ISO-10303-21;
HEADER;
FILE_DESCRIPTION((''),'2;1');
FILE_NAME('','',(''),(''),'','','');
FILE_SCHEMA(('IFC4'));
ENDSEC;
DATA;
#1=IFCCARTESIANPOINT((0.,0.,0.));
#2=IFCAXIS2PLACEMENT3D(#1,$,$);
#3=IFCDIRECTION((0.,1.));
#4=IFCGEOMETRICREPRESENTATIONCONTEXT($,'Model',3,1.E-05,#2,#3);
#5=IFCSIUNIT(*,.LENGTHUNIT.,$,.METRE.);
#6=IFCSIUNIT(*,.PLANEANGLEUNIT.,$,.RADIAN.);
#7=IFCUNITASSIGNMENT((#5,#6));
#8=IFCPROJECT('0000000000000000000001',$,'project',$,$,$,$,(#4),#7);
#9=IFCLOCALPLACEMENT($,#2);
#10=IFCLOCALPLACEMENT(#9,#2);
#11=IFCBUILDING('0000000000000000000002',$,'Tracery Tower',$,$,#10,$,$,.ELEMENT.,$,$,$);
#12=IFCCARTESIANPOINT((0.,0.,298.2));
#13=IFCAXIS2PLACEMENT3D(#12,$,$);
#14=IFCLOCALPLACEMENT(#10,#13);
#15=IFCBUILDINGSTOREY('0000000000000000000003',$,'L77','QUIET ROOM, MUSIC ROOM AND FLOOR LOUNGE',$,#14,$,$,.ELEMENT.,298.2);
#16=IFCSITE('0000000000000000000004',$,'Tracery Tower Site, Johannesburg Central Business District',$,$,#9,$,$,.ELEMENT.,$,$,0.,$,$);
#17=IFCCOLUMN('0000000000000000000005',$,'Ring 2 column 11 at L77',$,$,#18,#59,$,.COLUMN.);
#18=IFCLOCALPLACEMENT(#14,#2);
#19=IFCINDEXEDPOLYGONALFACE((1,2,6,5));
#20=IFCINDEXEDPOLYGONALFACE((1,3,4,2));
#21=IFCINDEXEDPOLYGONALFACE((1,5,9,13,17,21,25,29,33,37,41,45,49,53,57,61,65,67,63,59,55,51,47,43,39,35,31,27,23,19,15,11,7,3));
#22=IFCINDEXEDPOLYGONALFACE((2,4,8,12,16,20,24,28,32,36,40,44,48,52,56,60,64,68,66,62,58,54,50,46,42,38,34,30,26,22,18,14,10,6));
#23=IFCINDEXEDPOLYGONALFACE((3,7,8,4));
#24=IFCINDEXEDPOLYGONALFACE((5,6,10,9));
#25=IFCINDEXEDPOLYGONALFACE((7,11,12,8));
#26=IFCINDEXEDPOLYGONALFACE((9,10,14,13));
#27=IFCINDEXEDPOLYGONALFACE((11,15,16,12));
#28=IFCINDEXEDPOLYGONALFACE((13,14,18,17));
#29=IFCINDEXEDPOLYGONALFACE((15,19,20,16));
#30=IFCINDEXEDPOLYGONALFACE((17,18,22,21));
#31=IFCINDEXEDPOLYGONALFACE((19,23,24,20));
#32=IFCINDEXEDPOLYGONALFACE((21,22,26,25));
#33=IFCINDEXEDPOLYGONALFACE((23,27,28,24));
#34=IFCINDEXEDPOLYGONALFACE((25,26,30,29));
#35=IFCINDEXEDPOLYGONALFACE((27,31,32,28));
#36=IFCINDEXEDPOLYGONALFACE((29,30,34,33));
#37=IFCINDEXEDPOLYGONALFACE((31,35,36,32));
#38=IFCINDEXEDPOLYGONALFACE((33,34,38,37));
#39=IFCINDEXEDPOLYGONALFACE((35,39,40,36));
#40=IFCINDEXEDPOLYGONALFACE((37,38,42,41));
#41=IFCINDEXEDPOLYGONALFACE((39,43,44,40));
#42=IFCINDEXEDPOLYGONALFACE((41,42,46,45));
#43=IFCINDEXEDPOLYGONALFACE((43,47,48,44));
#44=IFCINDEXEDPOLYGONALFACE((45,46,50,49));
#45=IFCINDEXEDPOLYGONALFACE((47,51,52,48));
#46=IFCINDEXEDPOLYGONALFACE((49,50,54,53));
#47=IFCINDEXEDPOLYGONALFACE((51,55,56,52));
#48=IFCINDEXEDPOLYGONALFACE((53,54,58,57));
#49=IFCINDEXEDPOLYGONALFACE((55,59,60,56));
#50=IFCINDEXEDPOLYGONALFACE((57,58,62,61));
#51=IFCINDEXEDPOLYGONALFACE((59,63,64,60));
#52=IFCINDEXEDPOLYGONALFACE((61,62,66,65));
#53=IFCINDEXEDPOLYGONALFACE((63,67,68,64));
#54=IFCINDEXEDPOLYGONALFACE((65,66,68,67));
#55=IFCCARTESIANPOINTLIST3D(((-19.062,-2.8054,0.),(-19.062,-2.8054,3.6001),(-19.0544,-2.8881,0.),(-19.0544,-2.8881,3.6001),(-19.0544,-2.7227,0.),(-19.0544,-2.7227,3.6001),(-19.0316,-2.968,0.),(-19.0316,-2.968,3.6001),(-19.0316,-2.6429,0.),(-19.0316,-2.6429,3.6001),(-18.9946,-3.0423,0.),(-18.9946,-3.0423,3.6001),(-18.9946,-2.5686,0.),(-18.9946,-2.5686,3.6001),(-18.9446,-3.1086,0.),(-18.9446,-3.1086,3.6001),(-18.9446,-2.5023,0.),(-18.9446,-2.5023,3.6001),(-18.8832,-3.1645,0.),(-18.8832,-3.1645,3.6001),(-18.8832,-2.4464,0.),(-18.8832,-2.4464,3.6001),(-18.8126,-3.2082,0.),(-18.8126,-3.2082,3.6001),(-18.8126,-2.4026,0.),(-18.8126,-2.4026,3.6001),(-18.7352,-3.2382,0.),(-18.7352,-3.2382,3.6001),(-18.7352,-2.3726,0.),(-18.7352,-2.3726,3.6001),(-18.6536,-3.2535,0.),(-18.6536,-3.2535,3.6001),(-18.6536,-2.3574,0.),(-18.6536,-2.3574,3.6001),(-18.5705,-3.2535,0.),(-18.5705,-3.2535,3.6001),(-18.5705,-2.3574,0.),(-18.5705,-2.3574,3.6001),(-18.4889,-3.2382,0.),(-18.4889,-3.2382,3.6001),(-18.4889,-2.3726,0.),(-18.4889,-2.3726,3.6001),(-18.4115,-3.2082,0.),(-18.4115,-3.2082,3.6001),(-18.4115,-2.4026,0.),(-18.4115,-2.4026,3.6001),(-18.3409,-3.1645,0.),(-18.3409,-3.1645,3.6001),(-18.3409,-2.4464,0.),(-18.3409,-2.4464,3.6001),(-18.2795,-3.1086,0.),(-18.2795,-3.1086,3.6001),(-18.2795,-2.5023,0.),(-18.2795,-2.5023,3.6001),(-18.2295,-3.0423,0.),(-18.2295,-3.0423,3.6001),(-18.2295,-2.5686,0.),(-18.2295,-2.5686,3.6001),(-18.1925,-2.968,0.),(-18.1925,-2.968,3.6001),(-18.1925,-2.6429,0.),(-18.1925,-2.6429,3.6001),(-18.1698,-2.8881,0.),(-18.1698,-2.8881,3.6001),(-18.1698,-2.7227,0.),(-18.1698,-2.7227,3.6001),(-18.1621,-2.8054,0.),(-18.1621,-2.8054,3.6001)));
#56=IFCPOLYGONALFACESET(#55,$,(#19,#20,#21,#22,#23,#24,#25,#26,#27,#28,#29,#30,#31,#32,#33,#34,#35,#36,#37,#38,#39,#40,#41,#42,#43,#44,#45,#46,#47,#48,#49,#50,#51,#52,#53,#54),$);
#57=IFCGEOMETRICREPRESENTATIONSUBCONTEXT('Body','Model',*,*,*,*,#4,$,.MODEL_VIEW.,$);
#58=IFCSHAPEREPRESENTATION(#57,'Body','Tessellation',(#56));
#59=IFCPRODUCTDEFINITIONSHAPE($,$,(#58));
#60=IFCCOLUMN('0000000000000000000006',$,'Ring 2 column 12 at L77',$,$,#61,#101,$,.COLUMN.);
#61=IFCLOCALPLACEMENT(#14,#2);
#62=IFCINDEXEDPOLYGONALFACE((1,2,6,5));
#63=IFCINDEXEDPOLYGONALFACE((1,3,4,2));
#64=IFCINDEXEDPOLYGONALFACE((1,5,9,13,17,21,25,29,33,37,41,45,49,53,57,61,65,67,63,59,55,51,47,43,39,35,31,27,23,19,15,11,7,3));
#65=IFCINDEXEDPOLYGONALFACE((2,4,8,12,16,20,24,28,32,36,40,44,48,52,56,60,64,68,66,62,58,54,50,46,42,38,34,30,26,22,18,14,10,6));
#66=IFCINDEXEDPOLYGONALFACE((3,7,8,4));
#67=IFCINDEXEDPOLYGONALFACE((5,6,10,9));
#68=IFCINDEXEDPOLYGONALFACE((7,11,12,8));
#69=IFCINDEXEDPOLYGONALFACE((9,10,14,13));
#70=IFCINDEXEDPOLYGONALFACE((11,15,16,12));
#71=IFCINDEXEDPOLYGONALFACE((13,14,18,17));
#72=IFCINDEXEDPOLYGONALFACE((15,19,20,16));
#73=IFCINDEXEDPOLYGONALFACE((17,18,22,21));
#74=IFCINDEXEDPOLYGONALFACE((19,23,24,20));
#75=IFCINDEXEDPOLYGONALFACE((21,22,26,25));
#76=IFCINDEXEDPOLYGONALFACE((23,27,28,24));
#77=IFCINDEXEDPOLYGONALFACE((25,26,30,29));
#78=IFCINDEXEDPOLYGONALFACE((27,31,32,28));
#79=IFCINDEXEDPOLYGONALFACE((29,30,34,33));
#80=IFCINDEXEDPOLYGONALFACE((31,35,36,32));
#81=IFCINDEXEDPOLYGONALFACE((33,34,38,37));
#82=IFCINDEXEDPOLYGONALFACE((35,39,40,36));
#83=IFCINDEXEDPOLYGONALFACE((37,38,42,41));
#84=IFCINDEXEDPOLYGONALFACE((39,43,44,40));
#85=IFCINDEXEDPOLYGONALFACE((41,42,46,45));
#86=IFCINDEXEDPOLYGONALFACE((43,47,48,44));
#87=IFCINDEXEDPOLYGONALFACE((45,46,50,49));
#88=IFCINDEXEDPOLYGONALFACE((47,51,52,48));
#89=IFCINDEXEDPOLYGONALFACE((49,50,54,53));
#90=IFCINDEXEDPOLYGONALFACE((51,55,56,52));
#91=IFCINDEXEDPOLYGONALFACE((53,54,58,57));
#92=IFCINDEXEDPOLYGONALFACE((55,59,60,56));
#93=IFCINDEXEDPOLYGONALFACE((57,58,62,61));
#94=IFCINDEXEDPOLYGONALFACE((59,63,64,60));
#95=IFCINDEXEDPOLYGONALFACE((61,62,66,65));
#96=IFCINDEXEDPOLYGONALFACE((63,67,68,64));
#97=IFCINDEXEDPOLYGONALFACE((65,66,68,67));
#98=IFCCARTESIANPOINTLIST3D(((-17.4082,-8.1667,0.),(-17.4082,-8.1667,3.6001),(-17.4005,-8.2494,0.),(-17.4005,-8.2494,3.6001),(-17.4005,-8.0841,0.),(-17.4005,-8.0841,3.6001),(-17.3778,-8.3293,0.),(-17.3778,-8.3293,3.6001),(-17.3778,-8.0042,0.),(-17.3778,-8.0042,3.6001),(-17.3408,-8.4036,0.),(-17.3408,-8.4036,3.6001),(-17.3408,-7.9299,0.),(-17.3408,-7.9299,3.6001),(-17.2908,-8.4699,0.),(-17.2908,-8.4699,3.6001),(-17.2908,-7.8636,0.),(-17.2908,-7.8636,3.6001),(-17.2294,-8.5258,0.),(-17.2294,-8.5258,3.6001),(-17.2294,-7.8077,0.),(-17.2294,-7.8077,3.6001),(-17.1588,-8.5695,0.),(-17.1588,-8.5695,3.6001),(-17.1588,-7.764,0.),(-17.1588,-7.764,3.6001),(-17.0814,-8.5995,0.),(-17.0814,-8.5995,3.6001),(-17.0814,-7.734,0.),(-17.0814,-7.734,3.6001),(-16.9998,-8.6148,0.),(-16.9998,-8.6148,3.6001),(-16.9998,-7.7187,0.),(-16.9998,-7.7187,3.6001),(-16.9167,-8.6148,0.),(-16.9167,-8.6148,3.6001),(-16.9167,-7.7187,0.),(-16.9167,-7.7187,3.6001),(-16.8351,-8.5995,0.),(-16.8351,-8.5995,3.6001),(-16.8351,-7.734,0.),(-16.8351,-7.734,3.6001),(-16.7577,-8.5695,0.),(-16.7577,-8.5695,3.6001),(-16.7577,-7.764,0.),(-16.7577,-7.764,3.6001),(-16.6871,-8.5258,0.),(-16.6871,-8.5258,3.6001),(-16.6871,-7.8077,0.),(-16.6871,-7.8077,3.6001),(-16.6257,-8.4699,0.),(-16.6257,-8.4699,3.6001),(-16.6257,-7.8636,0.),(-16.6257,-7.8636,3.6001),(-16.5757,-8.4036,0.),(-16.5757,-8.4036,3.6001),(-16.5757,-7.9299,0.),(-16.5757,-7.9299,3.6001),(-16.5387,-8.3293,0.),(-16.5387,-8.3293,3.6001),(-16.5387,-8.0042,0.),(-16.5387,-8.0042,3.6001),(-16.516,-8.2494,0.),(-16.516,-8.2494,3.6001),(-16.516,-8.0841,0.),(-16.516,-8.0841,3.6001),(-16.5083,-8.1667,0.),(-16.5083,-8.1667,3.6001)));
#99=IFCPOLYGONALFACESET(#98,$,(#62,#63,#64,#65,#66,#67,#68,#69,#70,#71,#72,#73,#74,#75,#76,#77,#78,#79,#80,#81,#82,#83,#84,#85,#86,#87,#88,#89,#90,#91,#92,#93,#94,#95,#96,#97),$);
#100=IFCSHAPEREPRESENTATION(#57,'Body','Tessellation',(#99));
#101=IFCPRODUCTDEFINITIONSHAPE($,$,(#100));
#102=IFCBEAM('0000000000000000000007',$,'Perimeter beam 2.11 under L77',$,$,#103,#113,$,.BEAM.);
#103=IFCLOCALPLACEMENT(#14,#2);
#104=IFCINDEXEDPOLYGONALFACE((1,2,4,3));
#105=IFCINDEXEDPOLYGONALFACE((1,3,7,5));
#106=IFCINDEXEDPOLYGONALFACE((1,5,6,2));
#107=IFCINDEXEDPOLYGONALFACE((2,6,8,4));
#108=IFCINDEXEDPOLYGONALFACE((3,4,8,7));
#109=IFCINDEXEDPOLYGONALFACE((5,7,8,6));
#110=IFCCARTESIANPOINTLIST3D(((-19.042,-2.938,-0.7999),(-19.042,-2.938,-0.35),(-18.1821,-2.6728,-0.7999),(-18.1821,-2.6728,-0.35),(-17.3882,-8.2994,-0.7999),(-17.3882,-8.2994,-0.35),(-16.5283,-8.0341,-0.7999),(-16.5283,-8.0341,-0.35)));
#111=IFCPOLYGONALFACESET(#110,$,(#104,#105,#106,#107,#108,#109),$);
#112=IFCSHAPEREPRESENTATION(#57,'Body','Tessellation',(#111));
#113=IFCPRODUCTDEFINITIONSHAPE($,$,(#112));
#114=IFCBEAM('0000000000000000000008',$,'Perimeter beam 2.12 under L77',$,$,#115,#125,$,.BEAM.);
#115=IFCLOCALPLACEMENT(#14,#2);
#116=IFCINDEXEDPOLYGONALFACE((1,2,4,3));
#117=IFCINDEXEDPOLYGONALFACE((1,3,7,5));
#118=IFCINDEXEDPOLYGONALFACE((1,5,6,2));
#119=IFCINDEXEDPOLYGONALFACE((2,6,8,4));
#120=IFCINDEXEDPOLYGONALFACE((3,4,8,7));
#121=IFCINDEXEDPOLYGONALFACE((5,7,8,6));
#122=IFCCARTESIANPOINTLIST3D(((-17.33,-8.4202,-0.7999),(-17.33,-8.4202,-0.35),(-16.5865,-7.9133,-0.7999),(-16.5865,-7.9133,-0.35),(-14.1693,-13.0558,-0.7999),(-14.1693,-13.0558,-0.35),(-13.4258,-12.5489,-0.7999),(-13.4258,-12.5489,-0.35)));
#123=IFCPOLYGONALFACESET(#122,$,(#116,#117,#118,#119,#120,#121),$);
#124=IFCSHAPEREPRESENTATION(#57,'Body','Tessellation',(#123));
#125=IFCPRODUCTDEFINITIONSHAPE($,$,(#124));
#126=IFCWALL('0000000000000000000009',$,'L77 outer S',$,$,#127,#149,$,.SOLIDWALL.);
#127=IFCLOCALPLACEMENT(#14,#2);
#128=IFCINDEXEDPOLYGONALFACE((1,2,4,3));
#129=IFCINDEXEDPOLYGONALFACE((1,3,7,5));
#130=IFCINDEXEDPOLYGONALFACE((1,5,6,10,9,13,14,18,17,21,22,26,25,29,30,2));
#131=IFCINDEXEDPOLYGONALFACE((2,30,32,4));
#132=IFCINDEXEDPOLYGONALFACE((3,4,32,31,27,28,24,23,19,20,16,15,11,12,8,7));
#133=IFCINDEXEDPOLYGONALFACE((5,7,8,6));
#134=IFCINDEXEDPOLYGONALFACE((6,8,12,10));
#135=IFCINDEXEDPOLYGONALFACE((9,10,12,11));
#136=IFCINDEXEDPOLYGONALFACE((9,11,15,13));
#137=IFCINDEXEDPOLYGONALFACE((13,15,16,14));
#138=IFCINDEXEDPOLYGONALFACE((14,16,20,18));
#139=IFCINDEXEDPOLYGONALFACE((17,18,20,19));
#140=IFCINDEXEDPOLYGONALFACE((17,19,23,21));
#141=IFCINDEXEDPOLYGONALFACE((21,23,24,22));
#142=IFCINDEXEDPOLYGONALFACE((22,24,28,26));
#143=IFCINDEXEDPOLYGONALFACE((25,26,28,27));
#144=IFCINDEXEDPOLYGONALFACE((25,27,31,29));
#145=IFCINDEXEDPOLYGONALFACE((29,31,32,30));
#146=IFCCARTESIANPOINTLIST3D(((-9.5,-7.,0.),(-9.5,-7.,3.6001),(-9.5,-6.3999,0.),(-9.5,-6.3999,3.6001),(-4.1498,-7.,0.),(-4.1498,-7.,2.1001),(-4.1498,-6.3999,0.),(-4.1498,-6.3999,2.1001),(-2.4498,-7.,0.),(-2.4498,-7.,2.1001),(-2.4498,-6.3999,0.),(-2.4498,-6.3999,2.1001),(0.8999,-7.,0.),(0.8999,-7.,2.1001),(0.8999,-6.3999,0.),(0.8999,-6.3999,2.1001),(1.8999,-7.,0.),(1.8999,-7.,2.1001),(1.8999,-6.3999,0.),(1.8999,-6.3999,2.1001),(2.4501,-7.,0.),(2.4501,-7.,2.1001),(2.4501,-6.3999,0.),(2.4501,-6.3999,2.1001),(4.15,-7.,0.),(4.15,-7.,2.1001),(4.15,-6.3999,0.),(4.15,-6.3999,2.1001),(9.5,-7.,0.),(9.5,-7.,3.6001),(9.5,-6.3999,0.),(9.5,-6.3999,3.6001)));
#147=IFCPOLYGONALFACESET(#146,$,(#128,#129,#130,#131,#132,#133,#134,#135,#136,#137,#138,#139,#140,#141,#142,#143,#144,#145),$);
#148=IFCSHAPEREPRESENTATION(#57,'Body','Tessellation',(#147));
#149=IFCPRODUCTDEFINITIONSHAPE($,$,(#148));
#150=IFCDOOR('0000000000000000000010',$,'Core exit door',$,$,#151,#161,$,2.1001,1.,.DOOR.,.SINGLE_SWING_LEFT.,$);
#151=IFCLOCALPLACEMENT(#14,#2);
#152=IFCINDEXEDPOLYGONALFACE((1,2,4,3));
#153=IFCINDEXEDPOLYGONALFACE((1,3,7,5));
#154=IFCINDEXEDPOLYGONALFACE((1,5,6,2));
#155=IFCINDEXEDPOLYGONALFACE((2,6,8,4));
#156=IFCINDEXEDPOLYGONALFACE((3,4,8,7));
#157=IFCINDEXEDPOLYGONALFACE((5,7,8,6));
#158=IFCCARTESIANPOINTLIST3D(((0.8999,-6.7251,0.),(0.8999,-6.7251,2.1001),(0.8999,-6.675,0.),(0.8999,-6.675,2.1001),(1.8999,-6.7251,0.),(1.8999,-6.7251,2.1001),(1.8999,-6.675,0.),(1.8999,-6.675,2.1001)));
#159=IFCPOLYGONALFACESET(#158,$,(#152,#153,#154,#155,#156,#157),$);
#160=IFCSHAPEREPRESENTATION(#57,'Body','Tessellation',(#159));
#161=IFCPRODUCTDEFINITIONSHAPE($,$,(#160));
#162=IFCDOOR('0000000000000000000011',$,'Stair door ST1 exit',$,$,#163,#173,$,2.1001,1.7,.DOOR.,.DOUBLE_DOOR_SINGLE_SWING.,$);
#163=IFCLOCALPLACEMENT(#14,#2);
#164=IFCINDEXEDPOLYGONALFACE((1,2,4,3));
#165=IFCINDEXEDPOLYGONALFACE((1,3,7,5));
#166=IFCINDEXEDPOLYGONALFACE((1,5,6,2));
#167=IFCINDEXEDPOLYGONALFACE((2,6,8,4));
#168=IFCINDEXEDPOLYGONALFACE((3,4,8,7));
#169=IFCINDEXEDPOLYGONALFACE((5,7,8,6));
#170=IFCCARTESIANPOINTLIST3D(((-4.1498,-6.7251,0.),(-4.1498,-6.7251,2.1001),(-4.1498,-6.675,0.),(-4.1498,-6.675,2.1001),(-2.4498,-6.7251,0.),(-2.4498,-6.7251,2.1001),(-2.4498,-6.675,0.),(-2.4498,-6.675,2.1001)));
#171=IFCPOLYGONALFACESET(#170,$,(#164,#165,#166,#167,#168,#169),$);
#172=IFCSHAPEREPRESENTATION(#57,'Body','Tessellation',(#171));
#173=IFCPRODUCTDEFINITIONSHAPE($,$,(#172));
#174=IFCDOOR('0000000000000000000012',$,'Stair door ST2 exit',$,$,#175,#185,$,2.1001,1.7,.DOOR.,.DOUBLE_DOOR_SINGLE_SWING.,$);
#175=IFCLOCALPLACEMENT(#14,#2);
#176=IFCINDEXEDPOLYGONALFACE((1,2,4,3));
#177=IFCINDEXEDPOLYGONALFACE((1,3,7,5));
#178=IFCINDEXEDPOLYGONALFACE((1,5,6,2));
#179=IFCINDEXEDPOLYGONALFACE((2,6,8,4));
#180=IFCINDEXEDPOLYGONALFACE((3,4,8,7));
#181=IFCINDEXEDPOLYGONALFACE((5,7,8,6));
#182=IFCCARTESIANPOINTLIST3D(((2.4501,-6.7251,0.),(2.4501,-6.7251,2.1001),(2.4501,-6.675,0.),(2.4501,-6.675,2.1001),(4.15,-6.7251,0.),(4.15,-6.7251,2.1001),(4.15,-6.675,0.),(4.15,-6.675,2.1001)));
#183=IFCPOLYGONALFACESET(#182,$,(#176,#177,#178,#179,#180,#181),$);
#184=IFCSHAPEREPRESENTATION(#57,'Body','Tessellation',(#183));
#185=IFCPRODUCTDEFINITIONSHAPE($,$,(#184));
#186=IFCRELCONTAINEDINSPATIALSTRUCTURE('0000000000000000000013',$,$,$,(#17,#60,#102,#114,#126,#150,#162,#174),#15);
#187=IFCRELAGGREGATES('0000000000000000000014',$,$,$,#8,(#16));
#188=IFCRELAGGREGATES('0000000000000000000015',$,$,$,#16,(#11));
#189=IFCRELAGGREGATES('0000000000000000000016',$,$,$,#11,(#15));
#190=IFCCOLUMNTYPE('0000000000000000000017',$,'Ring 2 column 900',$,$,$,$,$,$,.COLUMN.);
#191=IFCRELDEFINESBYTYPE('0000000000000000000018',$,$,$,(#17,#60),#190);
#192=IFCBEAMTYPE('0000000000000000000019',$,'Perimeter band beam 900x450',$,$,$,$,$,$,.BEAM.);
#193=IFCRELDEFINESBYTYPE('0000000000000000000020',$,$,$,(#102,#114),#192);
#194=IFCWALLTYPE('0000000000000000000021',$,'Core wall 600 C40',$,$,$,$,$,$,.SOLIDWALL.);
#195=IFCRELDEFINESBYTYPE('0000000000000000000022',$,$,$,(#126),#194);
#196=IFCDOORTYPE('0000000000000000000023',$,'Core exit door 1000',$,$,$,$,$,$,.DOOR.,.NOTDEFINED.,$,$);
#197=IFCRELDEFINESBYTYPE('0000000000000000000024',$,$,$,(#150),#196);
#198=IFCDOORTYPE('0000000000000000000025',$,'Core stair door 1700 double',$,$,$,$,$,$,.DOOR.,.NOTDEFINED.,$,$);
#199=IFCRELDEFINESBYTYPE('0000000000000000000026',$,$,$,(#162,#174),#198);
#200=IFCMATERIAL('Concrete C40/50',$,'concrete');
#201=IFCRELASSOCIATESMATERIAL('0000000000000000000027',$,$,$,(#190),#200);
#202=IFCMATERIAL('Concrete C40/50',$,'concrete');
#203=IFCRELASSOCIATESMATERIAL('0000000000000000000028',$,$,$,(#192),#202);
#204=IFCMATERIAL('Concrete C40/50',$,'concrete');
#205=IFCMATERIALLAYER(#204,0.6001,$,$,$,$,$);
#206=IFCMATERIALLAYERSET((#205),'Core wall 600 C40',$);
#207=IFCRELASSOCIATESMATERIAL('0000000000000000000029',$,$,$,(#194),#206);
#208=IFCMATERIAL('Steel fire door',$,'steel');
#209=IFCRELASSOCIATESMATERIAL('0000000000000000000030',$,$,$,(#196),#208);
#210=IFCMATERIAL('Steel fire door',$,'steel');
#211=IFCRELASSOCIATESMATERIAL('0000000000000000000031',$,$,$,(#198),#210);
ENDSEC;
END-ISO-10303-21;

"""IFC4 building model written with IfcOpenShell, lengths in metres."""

from ifc_helpers import new_model, si_unit, direction, frame, frame_2d, origin, origin_2d, place, context, subcontext, project, spatial, rectangle, circle, extrude, material, layer, layer_set, material_profile, profile_set, type_object, element, fill, save


model = new_model("IFC4")

# Units and contexts
model_context = context("Model", 3, precision=1e-05, world=origin(), true_north=direction((0.0, 1.0)))
body_context = subcontext(model_context, "Body", "Model", "MODEL_VIEW")
ifc_project = project(units=[si_unit("LENGTHUNIT", "METRE"), si_unit("PLANEANGLEUNIT", "RADIAN")], contexts=[model_context])

# Site, building, storey
site_placement = place(None, origin())
site = spatial("IfcSite", under=ifc_project, at=site_placement, Name="Tracery Tower Site, Johannesburg Central Business District", CompositionType="ELEMENT", RefElevation=0.0)
building_placement = place(site_placement, origin())
building = spatial("IfcBuilding", under=site, at=building_placement, Name="Tracery Tower", CompositionType="ELEMENT")
storey_placement = place(building_placement, frame((0.0, 0.0, 298.2)))
storey = spatial("IfcBuildingStorey", under=building, at=storey_placement, Name="L77", Description="QUIET ROOM, MUSIC ROOM AND FLOOR LOUNGE", CompositionType="ELEMENT", Elevation=298.2)

# Columns
ifc_material_1 = material(Name="Concrete C40/50", Category="concrete")
ifc_material_profile_1 = material_profile(ifc_material_1, circle(Radius=0.45, at=origin_2d()), Name="RC D900")
ifc_profile_set_1 = profile_set([ifc_material_profile_1], Name="Concrete C40/50")
column_type = type_object("IfcColumnType", Name="Ring 2 column 900", PredefinedType="COLUMN", material=ifc_profile_set_1)
for number, where, z_axis, x_axis, name in (
    (1, (-18.6121, -2.8054, 0.0), (0.0, 0.0, 1.0), (1.0, 0.0, 0.0), "Ring 2 column 11 at L77"),
    (2, (-16.9583, -8.1667, 0.0), (0.0, 0.0, 1.0), (1.0, 0.0, 0.0), "Ring 2 column 12 at L77"),
):
    element("IfcColumn", number, at=place(storey_placement, frame(where, z_axis=z_axis, x_axis=x_axis)), inside=storey, type_object=column_type, Name=name, PredefinedType="COLUMN", context=body_context, shape_type="SweptSolid", body=[
        extrude(circle(Radius=0.45, at=origin_2d()), origin(), (0.0, 0.0, 1.0), 3.6001),
    ])

# Beams
ifc_material_2 = material(Name="Concrete C40/50", Category="concrete")
ifc_material_profile_2 = material_profile(ifc_material_2, rectangle(XDim=0.8999, YDim=0.45, at=origin_2d()), Name="RC 900x450")
ifc_profile_set_2 = profile_set([ifc_material_profile_2], Name="Concrete C40/50")
beam_type = type_object("IfcBeamType", Name="Perimeter band beam 900x450", PredefinedType="BEAM", material=ifc_profile_set_2)
for number, where, z_axis, x_axis, name in (
    (3, (-18.6121, -2.8054, -0.575), (0.294765, -0.95557, 0.0), (0.95557, 0.294765, 0.0), "Perimeter beam 2.11 under L77"),
    (4, (-16.9583, -8.1667, -0.575), (0.563346, -0.826221, 0.0), (0.826221, 0.563346, 0.0), "Perimeter beam 2.12 under L77"),
):
    element("IfcBeam", number, at=place(storey_placement, frame(where, z_axis=z_axis, x_axis=x_axis)), inside=storey, type_object=beam_type, Name=name, PredefinedType="BEAM", context=body_context, shape_type="SweptSolid", body=[
        extrude(rectangle(XDim=0.8999, YDim=0.45, at=origin_2d()), origin(), (0.0, 0.0, 1.0), 5.6106),
    ])

# Wall, openings, doors
ifc_material_3 = material(Name="Concrete C40/50", Category="concrete")
ifc_layer_1 = layer(ifc_material_3, 0.6001)
ifc_layer_set_1 = layer_set([ifc_layer_1], Name="Core wall 600 C40")
wall_type_1 = type_object("IfcWallType", Name="Core wall 600 C40", PredefinedType="SOLIDWALL", material=ifc_layer_set_1)
wall_1_placement = place(storey_placement, frame((-9.5, -6.7, 0.0), z_axis=(0.0, 0.0, 1.0), x_axis=(1.0, 0.0, 0.0)))
wall_1 = element("IfcWall", 5, at=wall_1_placement, inside=storey, type_object=wall_type_1, Name="L77 outer S", PredefinedType="SOLIDWALL", context=body_context, shape_type="SweptSolid", body=[
    extrude(rectangle(XDim=19.0, YDim=0.6001, at=frame_2d((9.5, 0.0))), origin(), (0.0, 0.0, 1.0), 3.6001),
])
opening_1_placement = place(wall_1_placement, frame((10.3999, 0.0, 0.0)))
opening_1 = element("IfcOpeningElement", 6, at=opening_1_placement, cuts=wall_1, PredefinedType="OPENING", context=body_context, shape_type="SweptSolid", body=[
    extrude(rectangle(XDim=1.0, YDim=2.1001, at=frame_2d((0.5, 1.05))), frame((0.0, 0.3, 0.0), z_axis=(0.0, -1.0, 0.0), x_axis=(1.0, 0.0, 0.0)), (0.0, 0.0, 1.0), 0.6001),
])
opening_2_placement = place(wall_1_placement, frame((5.3501, 0.0, 0.0)))
opening_2 = element("IfcOpeningElement", 7, at=opening_2_placement, cuts=wall_1, PredefinedType="OPENING", context=body_context, shape_type="SweptSolid", body=[
    extrude(rectangle(XDim=1.7, YDim=2.1001, at=frame_2d((0.8501, 1.05))), frame((0.0, 0.3, 0.0), z_axis=(0.0, -1.0, 0.0), x_axis=(1.0, 0.0, 0.0)), (0.0, 0.0, 1.0), 0.6001),
])
opening_3_placement = place(wall_1_placement, frame((11.95, 0.0, 0.0)))
opening_3 = element("IfcOpeningElement", 8, at=opening_3_placement, cuts=wall_1, PredefinedType="OPENING", context=body_context, shape_type="SweptSolid", body=[
    extrude(rectangle(XDim=1.7, YDim=2.1001, at=frame_2d((0.8501, 1.05))), frame((0.0, 0.3, 0.0), z_axis=(0.0, -1.0, 0.0), x_axis=(1.0, 0.0, 0.0)), (0.0, 0.0, 1.0), 0.6001),
])
ifc_material_4 = material(Name="Steel fire door", Category="steel")
door_type_1 = type_object("IfcDoorType", Name="Core exit door 1000", OperationType="NOTDEFINED", PredefinedType="DOOR", material=ifc_material_4)
door_1_placement = place(opening_1_placement, origin())
door_1 = element("IfcDoor", 9, at=door_1_placement, inside=storey, type_object=door_type_1, Name="Core exit door", OperationType="SINGLE_SWING_LEFT", OverallHeight=2.1001, OverallWidth=1.0, PredefinedType="DOOR", context=body_context, shape_type="SweptSolid", body=[
    extrude(rectangle(XDim=1.0, YDim=2.1001, at=frame_2d((0.5, 1.05))), frame((0.0, 0.0249, 0.0), z_axis=(0.0, -1.0, 0.0), x_axis=(1.0, 0.0, 0.0)), (0.0, 0.0, 1.0), 0.05),
])
fill(opening_1, door_1)
ifc_material_5 = material(Name="Steel fire door", Category="steel")
door_type_2 = type_object("IfcDoorType", Name="Core stair door 1700 double", OperationType="NOTDEFINED", PredefinedType="DOOR", material=ifc_material_5)
door_2_placement = place(opening_2_placement, origin())
door_2 = element("IfcDoor", 10, at=door_2_placement, inside=storey, type_object=door_type_2, Name="Stair door ST1 exit", OperationType="DOUBLE_DOOR_SINGLE_SWING", OverallHeight=2.1001, OverallWidth=1.7, PredefinedType="DOOR", context=body_context, shape_type="SweptSolid", body=[
    extrude(rectangle(XDim=1.7, YDim=2.1001, at=frame_2d((0.8501, 1.05))), frame((0.0, 0.0249, 0.0), z_axis=(0.0, -1.0, 0.0), x_axis=(1.0, 0.0, 0.0)), (0.0, 0.0, 1.0), 0.05),
])
fill(opening_2, door_2)
door_3_placement = place(opening_3_placement, origin())
door_3 = element("IfcDoor", 11, at=door_3_placement, inside=storey, type_object=door_type_2, Name="Stair door ST2 exit", OperationType="DOUBLE_DOOR_SINGLE_SWING", OverallHeight=2.1001, OverallWidth=1.7, PredefinedType="DOOR", context=body_context, shape_type="SweptSolid", body=[
    extrude(rectangle(XDim=1.7, YDim=2.1001, at=frame_2d((0.8501, 1.05))), frame((0.0, 0.0249, 0.0), z_axis=(0.0, -1.0, 0.0), x_axis=(1.0, 0.0, 0.0)), (0.0, 0.0, 1.0), 0.05),
])
fill(opening_3, door_3)

save(model, "model.ifc")
